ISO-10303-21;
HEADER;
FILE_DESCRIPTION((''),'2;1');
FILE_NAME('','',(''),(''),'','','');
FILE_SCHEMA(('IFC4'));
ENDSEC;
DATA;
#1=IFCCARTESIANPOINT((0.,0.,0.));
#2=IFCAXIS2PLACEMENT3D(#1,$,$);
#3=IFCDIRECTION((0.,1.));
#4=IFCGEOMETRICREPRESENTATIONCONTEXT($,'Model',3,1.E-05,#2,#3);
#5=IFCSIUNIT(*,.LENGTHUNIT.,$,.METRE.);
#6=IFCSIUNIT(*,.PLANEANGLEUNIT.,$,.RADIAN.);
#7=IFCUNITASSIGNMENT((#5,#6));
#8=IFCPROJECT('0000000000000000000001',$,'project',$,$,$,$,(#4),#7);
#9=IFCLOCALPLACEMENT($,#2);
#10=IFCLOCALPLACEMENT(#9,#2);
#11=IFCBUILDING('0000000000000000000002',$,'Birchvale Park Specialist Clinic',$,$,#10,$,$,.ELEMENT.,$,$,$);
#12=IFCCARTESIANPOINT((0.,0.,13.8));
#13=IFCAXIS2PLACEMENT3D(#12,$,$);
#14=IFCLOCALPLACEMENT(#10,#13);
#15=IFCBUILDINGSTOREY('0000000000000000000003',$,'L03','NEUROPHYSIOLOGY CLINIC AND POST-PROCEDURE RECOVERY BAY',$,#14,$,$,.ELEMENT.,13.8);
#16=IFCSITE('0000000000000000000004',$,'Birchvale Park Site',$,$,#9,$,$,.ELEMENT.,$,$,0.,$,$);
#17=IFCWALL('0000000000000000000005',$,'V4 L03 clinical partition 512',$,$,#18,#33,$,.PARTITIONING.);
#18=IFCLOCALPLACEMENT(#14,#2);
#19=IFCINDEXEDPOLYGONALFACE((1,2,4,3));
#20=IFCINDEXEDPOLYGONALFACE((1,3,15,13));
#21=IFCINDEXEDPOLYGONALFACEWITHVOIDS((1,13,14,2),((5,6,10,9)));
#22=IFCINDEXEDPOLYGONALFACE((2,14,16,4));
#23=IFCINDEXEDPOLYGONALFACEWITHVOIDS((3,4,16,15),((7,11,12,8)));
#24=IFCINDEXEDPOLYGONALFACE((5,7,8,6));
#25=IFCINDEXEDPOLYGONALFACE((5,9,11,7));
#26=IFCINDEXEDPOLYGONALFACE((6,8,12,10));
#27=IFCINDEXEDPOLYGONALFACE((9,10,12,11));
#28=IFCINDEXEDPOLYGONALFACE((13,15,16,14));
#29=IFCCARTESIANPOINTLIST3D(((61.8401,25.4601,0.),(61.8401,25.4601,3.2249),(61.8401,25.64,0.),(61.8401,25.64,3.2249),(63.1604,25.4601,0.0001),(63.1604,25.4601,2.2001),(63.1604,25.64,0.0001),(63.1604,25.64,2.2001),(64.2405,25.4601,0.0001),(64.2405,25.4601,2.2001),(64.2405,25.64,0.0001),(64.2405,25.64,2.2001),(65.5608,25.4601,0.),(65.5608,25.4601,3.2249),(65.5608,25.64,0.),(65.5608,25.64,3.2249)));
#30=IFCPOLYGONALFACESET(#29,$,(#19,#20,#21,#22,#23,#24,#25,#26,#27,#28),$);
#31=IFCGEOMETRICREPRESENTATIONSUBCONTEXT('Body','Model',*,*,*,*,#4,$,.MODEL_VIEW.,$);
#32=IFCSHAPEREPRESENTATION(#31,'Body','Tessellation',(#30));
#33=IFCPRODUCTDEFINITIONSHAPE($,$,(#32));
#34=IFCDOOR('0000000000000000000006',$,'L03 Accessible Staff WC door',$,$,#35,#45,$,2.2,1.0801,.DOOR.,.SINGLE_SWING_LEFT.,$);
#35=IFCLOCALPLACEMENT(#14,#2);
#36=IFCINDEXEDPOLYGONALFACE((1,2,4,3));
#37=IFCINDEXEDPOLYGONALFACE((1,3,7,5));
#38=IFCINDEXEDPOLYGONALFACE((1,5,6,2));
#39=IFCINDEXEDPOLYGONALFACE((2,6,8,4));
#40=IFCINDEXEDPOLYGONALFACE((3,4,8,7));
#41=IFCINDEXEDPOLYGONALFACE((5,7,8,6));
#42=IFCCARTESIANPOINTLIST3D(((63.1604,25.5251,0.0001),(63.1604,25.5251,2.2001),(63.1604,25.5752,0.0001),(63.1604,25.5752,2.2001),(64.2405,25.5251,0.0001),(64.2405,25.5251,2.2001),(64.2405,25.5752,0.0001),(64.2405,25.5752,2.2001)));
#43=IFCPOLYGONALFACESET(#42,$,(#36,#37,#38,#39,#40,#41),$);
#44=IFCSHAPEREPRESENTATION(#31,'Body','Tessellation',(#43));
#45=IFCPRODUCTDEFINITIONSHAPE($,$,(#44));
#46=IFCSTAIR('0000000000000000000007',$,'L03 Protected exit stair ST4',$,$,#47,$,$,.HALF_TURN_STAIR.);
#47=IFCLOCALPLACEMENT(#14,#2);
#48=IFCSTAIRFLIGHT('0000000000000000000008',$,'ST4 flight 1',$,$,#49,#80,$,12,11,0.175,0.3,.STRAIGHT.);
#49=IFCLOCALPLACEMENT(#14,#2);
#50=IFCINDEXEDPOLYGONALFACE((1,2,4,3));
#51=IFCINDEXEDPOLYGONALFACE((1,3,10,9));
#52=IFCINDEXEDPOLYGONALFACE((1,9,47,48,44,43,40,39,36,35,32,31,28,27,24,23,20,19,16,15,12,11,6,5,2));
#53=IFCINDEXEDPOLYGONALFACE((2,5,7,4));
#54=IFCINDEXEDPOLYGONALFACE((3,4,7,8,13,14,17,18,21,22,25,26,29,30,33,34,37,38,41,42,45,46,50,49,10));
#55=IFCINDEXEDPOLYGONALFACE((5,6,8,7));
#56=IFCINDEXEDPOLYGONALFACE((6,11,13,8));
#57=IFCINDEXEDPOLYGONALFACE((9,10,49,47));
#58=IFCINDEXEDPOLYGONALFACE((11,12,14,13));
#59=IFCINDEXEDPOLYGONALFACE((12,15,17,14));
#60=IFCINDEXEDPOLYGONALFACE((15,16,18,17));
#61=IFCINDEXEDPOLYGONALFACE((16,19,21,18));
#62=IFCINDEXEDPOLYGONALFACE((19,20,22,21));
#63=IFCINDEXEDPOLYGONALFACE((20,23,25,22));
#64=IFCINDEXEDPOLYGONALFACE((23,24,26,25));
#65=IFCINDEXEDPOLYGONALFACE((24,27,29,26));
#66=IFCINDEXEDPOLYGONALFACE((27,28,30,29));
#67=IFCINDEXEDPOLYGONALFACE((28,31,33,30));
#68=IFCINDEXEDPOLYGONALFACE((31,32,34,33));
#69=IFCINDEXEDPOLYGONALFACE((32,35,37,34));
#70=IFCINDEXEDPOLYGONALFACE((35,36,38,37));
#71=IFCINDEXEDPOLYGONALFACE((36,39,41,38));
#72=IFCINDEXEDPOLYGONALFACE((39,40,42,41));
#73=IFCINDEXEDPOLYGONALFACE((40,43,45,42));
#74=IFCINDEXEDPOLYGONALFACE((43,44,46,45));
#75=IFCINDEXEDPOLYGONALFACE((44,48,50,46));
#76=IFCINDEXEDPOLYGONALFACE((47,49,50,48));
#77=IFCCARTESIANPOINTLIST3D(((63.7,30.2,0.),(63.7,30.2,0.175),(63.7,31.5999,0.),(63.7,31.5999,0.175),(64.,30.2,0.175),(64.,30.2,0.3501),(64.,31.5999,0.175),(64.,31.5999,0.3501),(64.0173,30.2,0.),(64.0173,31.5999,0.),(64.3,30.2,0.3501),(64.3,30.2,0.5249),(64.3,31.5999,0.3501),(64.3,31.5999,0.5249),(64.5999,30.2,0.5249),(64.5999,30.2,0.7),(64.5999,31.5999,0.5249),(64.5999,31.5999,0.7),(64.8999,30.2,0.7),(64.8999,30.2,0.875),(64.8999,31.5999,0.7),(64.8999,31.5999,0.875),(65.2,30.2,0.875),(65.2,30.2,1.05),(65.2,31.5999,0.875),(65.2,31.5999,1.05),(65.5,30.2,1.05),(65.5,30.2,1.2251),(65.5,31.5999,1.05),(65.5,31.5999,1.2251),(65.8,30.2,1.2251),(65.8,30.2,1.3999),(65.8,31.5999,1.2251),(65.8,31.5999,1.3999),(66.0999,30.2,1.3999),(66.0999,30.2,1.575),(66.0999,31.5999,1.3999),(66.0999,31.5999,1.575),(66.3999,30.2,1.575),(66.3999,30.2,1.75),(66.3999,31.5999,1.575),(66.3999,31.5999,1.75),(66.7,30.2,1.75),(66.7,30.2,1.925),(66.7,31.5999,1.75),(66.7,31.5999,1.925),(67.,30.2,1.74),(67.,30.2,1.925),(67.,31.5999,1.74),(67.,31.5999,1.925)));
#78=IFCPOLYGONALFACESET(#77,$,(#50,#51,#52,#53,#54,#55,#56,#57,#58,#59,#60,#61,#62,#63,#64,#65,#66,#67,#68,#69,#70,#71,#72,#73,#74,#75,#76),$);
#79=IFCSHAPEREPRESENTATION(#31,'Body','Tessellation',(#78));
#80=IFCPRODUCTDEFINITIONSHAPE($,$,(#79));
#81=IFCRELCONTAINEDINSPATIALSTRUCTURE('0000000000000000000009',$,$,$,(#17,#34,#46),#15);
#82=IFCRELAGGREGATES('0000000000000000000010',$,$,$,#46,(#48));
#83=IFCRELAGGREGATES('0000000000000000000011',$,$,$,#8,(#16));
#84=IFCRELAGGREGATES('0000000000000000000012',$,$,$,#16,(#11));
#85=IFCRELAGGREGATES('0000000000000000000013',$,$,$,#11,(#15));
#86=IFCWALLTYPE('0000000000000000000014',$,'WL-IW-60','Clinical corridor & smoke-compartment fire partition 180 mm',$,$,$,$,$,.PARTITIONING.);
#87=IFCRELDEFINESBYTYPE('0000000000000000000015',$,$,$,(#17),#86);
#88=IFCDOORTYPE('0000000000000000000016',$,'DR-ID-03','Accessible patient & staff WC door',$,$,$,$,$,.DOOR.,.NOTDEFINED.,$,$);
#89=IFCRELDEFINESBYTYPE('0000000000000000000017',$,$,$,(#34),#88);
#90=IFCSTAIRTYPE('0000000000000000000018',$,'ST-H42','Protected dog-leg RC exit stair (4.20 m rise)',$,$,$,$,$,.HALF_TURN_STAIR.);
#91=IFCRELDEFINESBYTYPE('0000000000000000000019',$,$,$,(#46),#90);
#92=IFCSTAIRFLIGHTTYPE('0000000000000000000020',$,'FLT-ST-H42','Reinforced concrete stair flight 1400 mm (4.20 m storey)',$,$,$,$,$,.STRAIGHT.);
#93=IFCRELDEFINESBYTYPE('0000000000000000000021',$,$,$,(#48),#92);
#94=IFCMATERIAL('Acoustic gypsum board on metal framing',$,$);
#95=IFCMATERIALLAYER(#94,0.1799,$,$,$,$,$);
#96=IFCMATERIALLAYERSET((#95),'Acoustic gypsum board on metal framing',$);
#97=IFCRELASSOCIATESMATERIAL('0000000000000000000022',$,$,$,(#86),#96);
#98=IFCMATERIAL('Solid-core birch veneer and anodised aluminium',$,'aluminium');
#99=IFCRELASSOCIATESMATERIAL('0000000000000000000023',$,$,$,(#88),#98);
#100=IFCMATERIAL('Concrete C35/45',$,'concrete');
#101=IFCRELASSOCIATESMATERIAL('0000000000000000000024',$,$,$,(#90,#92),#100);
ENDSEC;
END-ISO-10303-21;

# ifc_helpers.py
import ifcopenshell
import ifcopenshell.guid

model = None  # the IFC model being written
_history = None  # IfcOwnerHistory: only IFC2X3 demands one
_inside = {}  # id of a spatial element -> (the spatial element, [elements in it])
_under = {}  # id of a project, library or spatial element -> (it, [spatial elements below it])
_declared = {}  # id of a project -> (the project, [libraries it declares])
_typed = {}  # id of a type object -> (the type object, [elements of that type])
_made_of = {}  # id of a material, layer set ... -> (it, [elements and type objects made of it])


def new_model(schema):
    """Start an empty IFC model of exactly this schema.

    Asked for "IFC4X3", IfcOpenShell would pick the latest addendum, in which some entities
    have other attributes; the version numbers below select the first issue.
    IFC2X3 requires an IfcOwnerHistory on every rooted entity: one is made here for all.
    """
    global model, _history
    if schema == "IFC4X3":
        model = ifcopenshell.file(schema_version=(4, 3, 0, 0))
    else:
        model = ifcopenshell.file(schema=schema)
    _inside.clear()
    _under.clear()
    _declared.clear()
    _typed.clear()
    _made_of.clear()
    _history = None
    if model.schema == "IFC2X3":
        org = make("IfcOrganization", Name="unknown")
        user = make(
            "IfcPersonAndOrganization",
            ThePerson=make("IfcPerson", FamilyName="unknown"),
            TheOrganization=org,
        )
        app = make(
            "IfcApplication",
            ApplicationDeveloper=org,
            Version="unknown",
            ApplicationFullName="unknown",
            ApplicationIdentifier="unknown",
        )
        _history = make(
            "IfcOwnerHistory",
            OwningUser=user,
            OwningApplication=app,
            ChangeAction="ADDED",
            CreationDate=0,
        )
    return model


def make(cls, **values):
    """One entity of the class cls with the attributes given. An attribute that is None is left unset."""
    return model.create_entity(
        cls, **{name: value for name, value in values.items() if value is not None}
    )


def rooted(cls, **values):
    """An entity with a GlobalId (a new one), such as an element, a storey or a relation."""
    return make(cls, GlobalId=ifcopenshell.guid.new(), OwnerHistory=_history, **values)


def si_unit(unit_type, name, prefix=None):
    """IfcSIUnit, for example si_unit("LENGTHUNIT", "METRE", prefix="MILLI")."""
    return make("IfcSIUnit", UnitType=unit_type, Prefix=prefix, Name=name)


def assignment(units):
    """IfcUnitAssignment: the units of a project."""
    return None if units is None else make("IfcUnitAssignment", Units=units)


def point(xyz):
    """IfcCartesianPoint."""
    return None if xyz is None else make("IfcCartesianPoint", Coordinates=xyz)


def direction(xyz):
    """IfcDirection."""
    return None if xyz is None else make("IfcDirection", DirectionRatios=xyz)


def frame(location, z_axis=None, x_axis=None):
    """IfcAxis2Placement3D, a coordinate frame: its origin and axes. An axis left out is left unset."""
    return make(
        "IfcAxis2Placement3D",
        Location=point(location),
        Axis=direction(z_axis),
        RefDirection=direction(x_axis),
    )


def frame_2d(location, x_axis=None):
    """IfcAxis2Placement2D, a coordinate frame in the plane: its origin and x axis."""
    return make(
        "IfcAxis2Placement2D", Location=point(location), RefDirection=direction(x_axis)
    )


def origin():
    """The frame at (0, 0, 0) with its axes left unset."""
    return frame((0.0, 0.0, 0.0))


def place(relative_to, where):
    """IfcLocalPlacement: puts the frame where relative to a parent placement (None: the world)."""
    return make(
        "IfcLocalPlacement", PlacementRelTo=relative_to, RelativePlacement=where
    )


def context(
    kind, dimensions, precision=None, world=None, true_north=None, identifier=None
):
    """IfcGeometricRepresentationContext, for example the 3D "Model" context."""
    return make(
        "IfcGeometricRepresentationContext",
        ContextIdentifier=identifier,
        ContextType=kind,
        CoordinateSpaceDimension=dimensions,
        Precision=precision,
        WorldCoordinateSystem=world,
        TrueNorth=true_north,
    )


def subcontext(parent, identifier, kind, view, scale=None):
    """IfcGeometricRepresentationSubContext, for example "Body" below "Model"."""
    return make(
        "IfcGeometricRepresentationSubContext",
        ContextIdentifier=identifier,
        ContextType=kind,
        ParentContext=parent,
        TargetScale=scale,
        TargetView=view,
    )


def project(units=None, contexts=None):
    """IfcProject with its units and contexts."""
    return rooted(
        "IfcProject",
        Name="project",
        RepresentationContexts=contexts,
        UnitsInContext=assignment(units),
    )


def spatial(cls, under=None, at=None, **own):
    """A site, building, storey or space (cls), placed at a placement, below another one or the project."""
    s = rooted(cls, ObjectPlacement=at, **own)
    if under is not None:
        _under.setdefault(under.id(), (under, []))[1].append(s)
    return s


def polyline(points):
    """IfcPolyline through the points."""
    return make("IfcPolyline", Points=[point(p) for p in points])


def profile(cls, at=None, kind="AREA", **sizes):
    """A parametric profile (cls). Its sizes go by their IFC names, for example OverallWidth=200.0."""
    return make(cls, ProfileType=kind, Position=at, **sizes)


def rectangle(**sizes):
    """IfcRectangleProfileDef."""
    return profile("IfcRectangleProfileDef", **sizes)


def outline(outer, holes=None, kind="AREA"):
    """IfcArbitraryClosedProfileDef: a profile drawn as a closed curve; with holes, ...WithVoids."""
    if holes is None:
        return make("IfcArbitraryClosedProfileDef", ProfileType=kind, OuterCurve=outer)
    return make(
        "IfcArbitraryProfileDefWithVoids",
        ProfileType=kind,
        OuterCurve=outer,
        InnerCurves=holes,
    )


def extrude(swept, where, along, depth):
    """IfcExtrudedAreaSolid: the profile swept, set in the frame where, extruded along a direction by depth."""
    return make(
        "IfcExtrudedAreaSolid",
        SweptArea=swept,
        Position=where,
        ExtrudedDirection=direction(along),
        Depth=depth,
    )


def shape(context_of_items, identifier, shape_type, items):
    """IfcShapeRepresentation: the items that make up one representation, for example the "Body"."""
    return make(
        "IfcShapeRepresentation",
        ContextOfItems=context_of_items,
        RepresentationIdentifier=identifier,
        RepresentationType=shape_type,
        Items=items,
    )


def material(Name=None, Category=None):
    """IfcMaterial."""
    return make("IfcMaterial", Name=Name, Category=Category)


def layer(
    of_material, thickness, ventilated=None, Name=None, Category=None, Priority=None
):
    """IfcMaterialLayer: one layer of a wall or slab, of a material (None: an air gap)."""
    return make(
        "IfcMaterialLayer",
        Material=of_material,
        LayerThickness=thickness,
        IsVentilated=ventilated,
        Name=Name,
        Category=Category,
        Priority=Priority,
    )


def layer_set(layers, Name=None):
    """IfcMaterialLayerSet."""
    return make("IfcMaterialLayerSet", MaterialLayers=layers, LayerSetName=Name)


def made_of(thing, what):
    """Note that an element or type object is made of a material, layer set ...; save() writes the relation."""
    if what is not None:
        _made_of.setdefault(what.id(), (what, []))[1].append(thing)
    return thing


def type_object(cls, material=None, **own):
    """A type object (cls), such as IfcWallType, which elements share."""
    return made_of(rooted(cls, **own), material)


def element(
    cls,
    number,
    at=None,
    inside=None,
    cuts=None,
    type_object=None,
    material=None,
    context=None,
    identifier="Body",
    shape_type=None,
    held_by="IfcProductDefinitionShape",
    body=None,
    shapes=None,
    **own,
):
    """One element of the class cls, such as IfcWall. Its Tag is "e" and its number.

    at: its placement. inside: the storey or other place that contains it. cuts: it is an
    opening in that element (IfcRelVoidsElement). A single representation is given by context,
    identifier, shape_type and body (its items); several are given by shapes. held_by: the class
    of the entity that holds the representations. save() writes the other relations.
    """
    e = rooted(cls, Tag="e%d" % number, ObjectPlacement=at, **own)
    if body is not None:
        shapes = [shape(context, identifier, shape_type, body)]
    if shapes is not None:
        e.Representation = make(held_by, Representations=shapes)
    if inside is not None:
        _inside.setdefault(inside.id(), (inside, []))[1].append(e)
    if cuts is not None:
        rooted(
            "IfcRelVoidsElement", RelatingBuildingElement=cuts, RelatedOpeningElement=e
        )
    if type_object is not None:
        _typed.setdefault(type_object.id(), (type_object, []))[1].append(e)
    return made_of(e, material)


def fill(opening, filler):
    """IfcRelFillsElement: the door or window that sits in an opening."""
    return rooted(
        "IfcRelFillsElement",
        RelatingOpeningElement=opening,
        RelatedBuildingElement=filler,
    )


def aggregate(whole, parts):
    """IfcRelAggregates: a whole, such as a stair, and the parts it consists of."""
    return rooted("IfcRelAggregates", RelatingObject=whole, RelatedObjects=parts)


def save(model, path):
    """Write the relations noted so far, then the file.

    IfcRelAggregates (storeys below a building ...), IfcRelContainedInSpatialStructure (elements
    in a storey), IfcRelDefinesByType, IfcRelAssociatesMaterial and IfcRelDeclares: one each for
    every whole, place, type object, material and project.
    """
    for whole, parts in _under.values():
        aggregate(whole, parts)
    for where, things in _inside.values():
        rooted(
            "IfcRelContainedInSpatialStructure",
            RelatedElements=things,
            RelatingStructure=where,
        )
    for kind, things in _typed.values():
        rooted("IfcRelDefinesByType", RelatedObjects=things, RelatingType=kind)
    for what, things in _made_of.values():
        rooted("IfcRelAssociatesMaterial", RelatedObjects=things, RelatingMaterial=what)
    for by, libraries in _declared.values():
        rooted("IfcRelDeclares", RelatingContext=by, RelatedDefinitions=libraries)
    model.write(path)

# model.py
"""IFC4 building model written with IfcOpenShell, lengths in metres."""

from ifc_helpers import new_model, si_unit, direction, frame, frame_2d, origin, place, context, subcontext, project, spatial, polyline, rectangle, outline, extrude, material, layer, layer_set, type_object, element, fill, aggregate, save


model = new_model("IFC4")

# Units and contexts
model_context = context("Model", 3, precision=1e-05, world=origin(), true_north=direction((0.0, 1.0)))
body_context = subcontext(model_context, "Body", "Model", "MODEL_VIEW")
ifc_project = project(units=[si_unit("LENGTHUNIT", "METRE"), si_unit("PLANEANGLEUNIT", "RADIAN")], contexts=[model_context])

# Site, building, storey
site_placement = place(None, origin())
site = spatial("IfcSite", under=ifc_project, at=site_placement, Name="Birchvale Park Site", CompositionType="ELEMENT", RefElevation=0.0)
building_placement = place(site_placement, origin())
building = spatial("IfcBuilding", under=site, at=building_placement, Name="Birchvale Park Specialist Clinic", CompositionType="ELEMENT")
storey_placement = place(building_placement, frame((0.0, 0.0, 13.8)))
storey = spatial("IfcBuildingStorey", under=building, at=storey_placement, Name="L03", Description="NEUROPHYSIOLOGY CLINIC AND POST-PROCEDURE RECOVERY BAY", CompositionType="ELEMENT", Elevation=13.8)

# Shared definitions
ifc_material_1 = material(Name="Solid-core birch veneer and anodised aluminium", Category="aluminium")

# Shared definitions
ifc_material_2 = material(Name="Acoustic gypsum board on metal framing")

# Wall, opening, door
ifc_layer_1 = layer(ifc_material_2, 0.1799)
ifc_layer_set_1 = layer_set([ifc_layer_1], Name="Acoustic gypsum board on metal framing")
wall_type_1 = type_object("IfcWallType", Name="WL-IW-60", Description="Clinical corridor & smoke-compartment fire partition 180 mm", PredefinedType="PARTITIONING", material=ifc_layer_set_1)
wall_1_placement = place(storey_placement, frame((65.5608, 25.55, 0.0), z_axis=(0.0, 0.0, 1.0), x_axis=(-1.0, 0.0, 0.0)))
wall_1 = element("IfcWall", 1, at=wall_1_placement, inside=storey, type_object=wall_type_1, Name="V4 L03 clinical partition 512", PredefinedType="PARTITIONING", context=body_context, shape_type="SweptSolid", body=[
    extrude(rectangle(XDim=3.7207, YDim=0.1799, at=frame_2d((1.8604, 0.0))), origin(), (0.0, 0.0, 1.0), 3.2249),
])
opening_1_placement = place(wall_1_placement, frame((1.3203, 0.0, 0.0)))
opening_1 = element("IfcOpeningElement", 2, at=opening_1_placement, cuts=wall_1, PredefinedType="OPENING", context=body_context, shape_type="SweptSolid", body=[
    extrude(rectangle(XDim=1.0801, YDim=2.2, at=frame_2d((0.54, 1.1001))), frame((0.0, 0.1001, 0.0), z_axis=(0.0, -1.0, 0.0), x_axis=(1.0, 0.0, 0.0)), (0.0, 0.0, 1.0), 0.2),
])
door_type_1 = type_object("IfcDoorType", Name="DR-ID-03", Description="Accessible patient & staff WC door", OperationType="NOTDEFINED", PredefinedType="DOOR", material=ifc_material_1)
door_1_placement = place(opening_1_placement, origin())
door_1 = element("IfcDoor", 3, at=door_1_placement, inside=storey, type_object=door_type_1, Name="L03 Accessible Staff WC door", OperationType="SINGLE_SWING_LEFT", OverallHeight=2.2, OverallWidth=1.0801, PredefinedType="DOOR", context=body_context, shape_type="SweptSolid", body=[
    extrude(rectangle(XDim=1.0801, YDim=2.2, at=frame_2d((0.54, 1.1001))), frame((0.0, 0.0249, 0.0), z_axis=(0.0, -1.0, 0.0), x_axis=(1.0, 0.0, 0.0)), (0.0, 0.0, 1.0), 0.05),
])
fill(opening_1, door_1)

# Stair, stair flight
ifc_material_3 = material(Name="Concrete C35/45", Category="concrete")
stair_type = type_object("IfcStairType", Name="ST-H42", Description="Protected dog-leg RC exit stair (4.20 m rise)", PredefinedType="HALF_TURN_STAIR", material=ifc_material_3)
stair_placement = place(storey_placement, origin())
stair = element("IfcStair", 4, at=stair_placement, inside=storey, type_object=stair_type, Name="L03 Protected exit stair ST4", PredefinedType="HALF_TURN_STAIR")
stair_flight_type = type_object("IfcStairFlightType", Name="FLT-ST-H42", Description="Reinforced concrete stair flight 1400 mm (4.20 m storey)", PredefinedType="STRAIGHT", material=ifc_material_3)
stair_flight_placement = place(storey_placement, frame((63.7, 30.8999, 0.0), z_axis=(0.0, 0.0, 1.0), x_axis=(1.0, 0.0, 0.0)))
stair_flight = element("IfcStairFlight", 5, at=stair_flight_placement, type_object=stair_flight_type, Name="ST4 flight 1", NumberOfRisers=12, NumberOfTreads=11, PredefinedType="STRAIGHT", RiserHeight=0.175, TreadLength=0.3, context=body_context, shape_type="SweptSolid", body=[
    extrude(outline(polyline([(0.0, 0.0), (0.0, 0.175), (0.3, 0.175), (0.3, 0.3501), (0.6001, 0.3501), (0.6001, 0.5249), (0.8999, 0.5249), (0.8999, 0.7), (1.2, 0.7), (1.2, 0.875), (1.5, 0.875), (1.5, 1.05), (1.8, 1.05), (1.8, 1.2251), (2.1001, 1.2251), (2.1001, 1.3999), (2.3999, 1.3999), (2.3999, 1.575), (2.7, 1.575), (2.7, 1.75), (3.0, 1.75), (3.0, 1.925), (3.3, 1.925), (3.3, 2.1001), (3.3, 1.74), (0.3174, 0.0), (0.0, 0.0)])), frame((0.0, 0.7, 0.0), z_axis=(0.0, -1.0, 0.0), x_axis=(1.0, 0.0, 0.0)), (0.0, 0.0, 1.0), 1.3999),
])
aggregate(stair, [stair_flight])

save(model, "model.ifc")
